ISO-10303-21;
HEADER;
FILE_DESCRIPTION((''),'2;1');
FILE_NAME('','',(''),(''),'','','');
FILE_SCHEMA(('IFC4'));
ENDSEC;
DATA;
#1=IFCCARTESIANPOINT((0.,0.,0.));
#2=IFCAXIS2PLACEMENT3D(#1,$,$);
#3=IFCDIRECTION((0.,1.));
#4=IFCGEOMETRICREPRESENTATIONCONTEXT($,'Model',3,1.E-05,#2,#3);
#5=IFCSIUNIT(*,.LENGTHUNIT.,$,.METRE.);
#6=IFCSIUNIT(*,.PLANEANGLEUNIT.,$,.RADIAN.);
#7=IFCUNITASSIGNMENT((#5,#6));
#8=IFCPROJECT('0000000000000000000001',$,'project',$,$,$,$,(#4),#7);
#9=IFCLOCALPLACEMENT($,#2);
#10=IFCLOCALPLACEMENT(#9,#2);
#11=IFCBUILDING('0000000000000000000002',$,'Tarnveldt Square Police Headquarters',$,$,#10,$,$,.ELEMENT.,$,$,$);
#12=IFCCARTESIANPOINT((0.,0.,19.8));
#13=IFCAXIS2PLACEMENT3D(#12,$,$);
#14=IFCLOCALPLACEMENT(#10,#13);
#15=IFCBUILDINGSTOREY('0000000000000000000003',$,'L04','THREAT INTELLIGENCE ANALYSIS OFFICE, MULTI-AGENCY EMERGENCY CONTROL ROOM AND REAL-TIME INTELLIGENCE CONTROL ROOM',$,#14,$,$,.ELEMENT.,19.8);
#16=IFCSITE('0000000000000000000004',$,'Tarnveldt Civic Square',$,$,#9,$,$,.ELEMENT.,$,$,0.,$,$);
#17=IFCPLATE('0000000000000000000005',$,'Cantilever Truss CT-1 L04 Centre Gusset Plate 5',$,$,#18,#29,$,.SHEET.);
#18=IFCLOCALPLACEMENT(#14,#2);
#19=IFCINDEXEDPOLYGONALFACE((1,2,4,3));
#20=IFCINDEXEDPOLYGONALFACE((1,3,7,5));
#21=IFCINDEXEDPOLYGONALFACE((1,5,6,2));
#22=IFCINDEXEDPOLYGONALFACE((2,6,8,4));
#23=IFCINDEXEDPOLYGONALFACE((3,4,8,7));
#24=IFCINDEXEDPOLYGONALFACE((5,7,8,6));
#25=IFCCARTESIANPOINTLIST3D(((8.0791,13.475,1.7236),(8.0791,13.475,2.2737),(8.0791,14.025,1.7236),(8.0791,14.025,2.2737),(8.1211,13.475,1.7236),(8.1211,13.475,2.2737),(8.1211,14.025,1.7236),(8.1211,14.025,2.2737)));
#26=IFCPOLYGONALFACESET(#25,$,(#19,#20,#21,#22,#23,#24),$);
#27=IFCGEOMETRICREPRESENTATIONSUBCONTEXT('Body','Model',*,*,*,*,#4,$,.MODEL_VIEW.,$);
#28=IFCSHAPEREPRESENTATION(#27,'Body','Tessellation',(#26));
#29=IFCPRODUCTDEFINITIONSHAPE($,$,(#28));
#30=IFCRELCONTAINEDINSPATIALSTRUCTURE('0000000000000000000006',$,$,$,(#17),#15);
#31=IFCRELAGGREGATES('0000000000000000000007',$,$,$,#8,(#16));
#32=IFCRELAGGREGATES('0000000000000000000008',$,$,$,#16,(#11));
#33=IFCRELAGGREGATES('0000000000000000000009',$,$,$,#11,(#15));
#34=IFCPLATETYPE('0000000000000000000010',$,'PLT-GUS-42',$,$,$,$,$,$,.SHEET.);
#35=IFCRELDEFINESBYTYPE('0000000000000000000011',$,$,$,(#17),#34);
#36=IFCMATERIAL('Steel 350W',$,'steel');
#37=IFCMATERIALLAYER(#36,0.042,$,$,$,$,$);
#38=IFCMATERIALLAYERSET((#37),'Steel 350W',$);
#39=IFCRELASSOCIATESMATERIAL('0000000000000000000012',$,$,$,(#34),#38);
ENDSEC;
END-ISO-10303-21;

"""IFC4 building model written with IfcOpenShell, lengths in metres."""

from ifc_helpers import new_model, si_unit, direction, frame, origin, origin_2d, place, context, subcontext, project, spatial, rectangle, extrude, material, layer, layer_set, type_object, element, save


model = new_model("IFC4")

# Units and contexts
model_context = context("Model", 3, precision=1e-05, world=origin(), true_north=direction((0.0, 1.0)))
body_context = subcontext(model_context, "Body", "Model", "MODEL_VIEW")
ifc_project = project(units=[si_unit("LENGTHUNIT", "METRE"), si_unit("PLANEANGLEUNIT", "RADIAN")], contexts=[model_context])

# Site, building, storey
site_placement = place(None, origin())
site = spatial("IfcSite", under=ifc_project, at=site_placement, Name="Tarnveldt Civic Square", CompositionType="ELEMENT", RefElevation=0.0)
building_placement = place(site_placement, origin())
building = spatial("IfcBuilding", under=site, at=building_placement, Name="Tarnveldt Square Police Headquarters", CompositionType="ELEMENT")
storey_placement = place(building_placement, frame((0.0, 0.0, 19.8)))
storey = spatial("IfcBuildingStorey", under=building, at=storey_placement, Name="L04", Description="THREAT INTELLIGENCE ANALYSIS OFFICE, MULTI-AGENCY EMERGENCY CONTROL ROOM AND REAL-TIME INTELLIGENCE CONTROL ROOM", CompositionType="ELEMENT", Elevation=19.8)

# Shared definitions
ifc_material_1 = material(Name="Steel 350W", Category="steel")

# Plate
ifc_layer_1 = layer(ifc_material_1, 0.042)
ifc_layer_set_1 = layer_set([ifc_layer_1], Name="Steel 350W")
plate_type_1 = type_object("IfcPlateType", Name="PLT-GUS-42", PredefinedType="SHEET", material=ifc_layer_set_1)
plate_1_placement = place(storey_placement, frame((8.1001, 13.75, 1.7236), z_axis=(0.0, 0.0, 1.0), x_axis=(1.0, 0.0, 0.0)))
element("IfcPlate", 1, at=plate_1_placement, inside=storey, type_object=plate_type_1, Name="Cantilever Truss CT-1 L04 Centre Gusset Plate 5", PredefinedType="SHEET", context=body_context, shape_type="SweptSolid", body=[
    extrude(rectangle(XDim=0.042, YDim=0.55, at=origin_2d()), origin(), (0.0, 0.0, 1.0), 0.55),
])

save(model, "model.ifc")
